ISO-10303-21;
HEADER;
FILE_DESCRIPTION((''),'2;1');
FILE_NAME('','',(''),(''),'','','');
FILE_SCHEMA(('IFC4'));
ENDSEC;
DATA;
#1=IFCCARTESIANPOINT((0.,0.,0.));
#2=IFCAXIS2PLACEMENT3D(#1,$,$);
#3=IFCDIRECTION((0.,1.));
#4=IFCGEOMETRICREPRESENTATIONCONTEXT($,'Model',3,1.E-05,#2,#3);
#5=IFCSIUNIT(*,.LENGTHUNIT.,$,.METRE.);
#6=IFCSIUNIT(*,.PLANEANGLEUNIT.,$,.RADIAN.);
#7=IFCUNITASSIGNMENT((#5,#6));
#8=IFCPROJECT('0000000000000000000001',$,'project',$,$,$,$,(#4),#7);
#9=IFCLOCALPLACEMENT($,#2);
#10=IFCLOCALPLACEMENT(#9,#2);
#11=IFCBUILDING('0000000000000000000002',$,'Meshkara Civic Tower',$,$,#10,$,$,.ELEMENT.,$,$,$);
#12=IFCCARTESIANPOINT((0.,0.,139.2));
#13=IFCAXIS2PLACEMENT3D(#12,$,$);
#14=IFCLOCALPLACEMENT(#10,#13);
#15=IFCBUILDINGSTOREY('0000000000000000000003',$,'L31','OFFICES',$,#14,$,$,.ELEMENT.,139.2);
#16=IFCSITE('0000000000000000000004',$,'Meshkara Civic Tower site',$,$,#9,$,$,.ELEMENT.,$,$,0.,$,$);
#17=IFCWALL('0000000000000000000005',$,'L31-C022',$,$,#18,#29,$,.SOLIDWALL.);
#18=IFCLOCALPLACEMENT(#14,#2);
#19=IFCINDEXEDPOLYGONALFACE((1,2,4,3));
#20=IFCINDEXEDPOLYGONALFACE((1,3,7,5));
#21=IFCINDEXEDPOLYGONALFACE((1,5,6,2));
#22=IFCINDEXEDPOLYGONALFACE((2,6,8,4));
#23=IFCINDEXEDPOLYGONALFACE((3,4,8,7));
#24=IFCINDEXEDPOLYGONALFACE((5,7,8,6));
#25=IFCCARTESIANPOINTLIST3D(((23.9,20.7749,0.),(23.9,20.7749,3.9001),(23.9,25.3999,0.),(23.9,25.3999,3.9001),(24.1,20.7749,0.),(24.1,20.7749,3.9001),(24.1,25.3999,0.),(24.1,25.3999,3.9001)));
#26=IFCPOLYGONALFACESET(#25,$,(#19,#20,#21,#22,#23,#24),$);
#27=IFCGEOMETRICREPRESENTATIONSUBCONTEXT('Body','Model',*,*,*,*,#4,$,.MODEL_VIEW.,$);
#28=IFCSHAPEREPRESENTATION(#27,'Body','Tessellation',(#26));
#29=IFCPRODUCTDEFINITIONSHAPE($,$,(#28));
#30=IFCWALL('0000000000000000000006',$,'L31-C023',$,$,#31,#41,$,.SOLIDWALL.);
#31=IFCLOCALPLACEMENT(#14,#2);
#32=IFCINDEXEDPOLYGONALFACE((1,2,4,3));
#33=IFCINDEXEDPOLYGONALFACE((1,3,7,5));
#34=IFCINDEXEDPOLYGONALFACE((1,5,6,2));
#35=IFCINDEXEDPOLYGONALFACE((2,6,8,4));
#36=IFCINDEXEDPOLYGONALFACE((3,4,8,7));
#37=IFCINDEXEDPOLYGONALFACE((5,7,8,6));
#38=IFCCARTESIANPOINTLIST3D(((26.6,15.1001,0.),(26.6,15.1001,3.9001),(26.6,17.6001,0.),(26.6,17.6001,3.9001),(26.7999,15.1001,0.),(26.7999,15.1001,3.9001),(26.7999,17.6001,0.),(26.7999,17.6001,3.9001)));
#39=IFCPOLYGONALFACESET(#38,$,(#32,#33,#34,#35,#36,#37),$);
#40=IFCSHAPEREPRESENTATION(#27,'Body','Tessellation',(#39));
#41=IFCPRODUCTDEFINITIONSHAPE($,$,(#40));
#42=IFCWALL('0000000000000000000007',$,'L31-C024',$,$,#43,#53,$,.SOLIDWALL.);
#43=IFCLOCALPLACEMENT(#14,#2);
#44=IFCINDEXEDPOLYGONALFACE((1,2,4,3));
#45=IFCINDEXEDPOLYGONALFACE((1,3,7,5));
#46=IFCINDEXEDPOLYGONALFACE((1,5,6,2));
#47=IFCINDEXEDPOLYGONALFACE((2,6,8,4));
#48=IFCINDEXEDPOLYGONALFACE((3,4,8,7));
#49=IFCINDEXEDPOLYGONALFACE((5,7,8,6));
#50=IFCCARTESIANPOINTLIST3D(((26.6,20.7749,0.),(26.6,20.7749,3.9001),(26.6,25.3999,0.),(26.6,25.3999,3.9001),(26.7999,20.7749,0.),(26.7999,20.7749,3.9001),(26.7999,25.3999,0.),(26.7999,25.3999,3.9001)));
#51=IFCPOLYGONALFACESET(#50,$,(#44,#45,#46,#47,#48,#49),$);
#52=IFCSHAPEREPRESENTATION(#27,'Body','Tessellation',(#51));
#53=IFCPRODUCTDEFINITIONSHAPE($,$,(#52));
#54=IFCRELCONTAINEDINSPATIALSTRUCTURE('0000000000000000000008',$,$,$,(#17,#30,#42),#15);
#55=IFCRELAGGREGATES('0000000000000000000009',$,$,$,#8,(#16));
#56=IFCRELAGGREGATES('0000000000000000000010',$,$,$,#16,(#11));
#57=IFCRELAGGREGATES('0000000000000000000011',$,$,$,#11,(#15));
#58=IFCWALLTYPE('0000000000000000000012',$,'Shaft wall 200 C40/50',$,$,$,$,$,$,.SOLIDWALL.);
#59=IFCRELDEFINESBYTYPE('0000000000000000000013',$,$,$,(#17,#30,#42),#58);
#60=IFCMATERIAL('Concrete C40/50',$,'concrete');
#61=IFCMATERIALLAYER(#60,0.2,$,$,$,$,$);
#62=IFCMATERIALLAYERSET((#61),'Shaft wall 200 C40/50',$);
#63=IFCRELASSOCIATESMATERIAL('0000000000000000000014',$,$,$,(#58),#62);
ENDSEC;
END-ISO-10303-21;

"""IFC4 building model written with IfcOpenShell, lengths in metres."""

from ifc_helpers import new_model, si_unit, direction, frame, frame_2d, origin, place, context, subcontext, project, spatial, rectangle, extrude, material, layer, layer_set, type_object, element, save


model = new_model("IFC4")

# Units and contexts
model_context = context("Model", 3, precision=1e-05, world=origin(), true_north=direction((0.0, 1.0)))
body_context = subcontext(model_context, "Body", "Model", "MODEL_VIEW")
ifc_project = project(units=[si_unit("LENGTHUNIT", "METRE"), si_unit("PLANEANGLEUNIT", "RADIAN")], contexts=[model_context])

# Site, building, storey
site_placement = place(None, origin())
site = spatial("IfcSite", under=ifc_project, at=site_placement, Name="Meshkara Civic Tower site", CompositionType="ELEMENT", RefElevation=0.0)
building_placement = place(site_placement, origin())
building = spatial("IfcBuilding", under=site, at=building_placement, Name="Meshkara Civic Tower", CompositionType="ELEMENT")
storey_placement = place(building_placement, frame((0.0, 0.0, 139.2)))
storey = spatial("IfcBuildingStorey", under=building, at=storey_placement, Name="L31", Description="OFFICES", CompositionType="ELEMENT", Elevation=139.2)

# Shared definitions
ifc_material_1 = material(Name="Concrete C40/50", Category="concrete")
ifc_layer_1 = layer(ifc_material_1, 0.2)
ifc_layer_set_1 = layer_set([ifc_layer_1], Name="Shaft wall 200 C40/50")
wall_type_1 = type_object("IfcWallType", Name="Shaft wall 200 C40/50", PredefinedType="SOLIDWALL", material=ifc_layer_set_1)

# Walls
wall_1_placement = place(storey_placement, frame((24.0, 20.7749, 0.0), z_axis=(0.0, 0.0, 1.0), x_axis=(0.0, 1.0, 0.0)))
element("IfcWall", 1, at=wall_1_placement, inside=storey, type_object=wall_type_1, Name="L31-C022", PredefinedType="SOLIDWALL", context=body_context, shape_type="SweptSolid", body=[
    extrude(rectangle(XDim=4.625, YDim=0.2, at=frame_2d((2.3125, 0.0))), origin(), (0.0, 0.0, 1.0), 3.9001),
])
wall_2_placement = place(storey_placement, frame((26.7, 15.1001, 0.0), z_axis=(0.0, 0.0, 1.0), x_axis=(0.0, 1.0, 0.0)))
element("IfcWall", 2, at=wall_2_placement, inside=storey, type_object=wall_type_1, Name="L31-C023", PredefinedType="SOLIDWALL", context=body_context, shape_type="SweptSolid", body=[
    extrude(rectangle(XDim=2.5, YDim=0.2, at=frame_2d((1.25, 0.0))), origin(), (0.0, 0.0, 1.0), 3.9001),
])
wall_3_placement = place(storey_placement, frame((26.7, 20.7749, 0.0), z_axis=(0.0, 0.0, 1.0), x_axis=(0.0, 1.0, 0.0)))
element("IfcWall", 3, at=wall_3_placement, inside=storey, type_object=wall_type_1, Name="L31-C024", PredefinedType="SOLIDWALL", context=body_context, shape_type="SweptSolid", body=[
    extrude(rectangle(XDim=4.625, YDim=0.2, at=frame_2d((2.3125, 0.0))), origin(), (0.0, 0.0, 1.0), 3.9001),
])

save(model, "model.ifc")
